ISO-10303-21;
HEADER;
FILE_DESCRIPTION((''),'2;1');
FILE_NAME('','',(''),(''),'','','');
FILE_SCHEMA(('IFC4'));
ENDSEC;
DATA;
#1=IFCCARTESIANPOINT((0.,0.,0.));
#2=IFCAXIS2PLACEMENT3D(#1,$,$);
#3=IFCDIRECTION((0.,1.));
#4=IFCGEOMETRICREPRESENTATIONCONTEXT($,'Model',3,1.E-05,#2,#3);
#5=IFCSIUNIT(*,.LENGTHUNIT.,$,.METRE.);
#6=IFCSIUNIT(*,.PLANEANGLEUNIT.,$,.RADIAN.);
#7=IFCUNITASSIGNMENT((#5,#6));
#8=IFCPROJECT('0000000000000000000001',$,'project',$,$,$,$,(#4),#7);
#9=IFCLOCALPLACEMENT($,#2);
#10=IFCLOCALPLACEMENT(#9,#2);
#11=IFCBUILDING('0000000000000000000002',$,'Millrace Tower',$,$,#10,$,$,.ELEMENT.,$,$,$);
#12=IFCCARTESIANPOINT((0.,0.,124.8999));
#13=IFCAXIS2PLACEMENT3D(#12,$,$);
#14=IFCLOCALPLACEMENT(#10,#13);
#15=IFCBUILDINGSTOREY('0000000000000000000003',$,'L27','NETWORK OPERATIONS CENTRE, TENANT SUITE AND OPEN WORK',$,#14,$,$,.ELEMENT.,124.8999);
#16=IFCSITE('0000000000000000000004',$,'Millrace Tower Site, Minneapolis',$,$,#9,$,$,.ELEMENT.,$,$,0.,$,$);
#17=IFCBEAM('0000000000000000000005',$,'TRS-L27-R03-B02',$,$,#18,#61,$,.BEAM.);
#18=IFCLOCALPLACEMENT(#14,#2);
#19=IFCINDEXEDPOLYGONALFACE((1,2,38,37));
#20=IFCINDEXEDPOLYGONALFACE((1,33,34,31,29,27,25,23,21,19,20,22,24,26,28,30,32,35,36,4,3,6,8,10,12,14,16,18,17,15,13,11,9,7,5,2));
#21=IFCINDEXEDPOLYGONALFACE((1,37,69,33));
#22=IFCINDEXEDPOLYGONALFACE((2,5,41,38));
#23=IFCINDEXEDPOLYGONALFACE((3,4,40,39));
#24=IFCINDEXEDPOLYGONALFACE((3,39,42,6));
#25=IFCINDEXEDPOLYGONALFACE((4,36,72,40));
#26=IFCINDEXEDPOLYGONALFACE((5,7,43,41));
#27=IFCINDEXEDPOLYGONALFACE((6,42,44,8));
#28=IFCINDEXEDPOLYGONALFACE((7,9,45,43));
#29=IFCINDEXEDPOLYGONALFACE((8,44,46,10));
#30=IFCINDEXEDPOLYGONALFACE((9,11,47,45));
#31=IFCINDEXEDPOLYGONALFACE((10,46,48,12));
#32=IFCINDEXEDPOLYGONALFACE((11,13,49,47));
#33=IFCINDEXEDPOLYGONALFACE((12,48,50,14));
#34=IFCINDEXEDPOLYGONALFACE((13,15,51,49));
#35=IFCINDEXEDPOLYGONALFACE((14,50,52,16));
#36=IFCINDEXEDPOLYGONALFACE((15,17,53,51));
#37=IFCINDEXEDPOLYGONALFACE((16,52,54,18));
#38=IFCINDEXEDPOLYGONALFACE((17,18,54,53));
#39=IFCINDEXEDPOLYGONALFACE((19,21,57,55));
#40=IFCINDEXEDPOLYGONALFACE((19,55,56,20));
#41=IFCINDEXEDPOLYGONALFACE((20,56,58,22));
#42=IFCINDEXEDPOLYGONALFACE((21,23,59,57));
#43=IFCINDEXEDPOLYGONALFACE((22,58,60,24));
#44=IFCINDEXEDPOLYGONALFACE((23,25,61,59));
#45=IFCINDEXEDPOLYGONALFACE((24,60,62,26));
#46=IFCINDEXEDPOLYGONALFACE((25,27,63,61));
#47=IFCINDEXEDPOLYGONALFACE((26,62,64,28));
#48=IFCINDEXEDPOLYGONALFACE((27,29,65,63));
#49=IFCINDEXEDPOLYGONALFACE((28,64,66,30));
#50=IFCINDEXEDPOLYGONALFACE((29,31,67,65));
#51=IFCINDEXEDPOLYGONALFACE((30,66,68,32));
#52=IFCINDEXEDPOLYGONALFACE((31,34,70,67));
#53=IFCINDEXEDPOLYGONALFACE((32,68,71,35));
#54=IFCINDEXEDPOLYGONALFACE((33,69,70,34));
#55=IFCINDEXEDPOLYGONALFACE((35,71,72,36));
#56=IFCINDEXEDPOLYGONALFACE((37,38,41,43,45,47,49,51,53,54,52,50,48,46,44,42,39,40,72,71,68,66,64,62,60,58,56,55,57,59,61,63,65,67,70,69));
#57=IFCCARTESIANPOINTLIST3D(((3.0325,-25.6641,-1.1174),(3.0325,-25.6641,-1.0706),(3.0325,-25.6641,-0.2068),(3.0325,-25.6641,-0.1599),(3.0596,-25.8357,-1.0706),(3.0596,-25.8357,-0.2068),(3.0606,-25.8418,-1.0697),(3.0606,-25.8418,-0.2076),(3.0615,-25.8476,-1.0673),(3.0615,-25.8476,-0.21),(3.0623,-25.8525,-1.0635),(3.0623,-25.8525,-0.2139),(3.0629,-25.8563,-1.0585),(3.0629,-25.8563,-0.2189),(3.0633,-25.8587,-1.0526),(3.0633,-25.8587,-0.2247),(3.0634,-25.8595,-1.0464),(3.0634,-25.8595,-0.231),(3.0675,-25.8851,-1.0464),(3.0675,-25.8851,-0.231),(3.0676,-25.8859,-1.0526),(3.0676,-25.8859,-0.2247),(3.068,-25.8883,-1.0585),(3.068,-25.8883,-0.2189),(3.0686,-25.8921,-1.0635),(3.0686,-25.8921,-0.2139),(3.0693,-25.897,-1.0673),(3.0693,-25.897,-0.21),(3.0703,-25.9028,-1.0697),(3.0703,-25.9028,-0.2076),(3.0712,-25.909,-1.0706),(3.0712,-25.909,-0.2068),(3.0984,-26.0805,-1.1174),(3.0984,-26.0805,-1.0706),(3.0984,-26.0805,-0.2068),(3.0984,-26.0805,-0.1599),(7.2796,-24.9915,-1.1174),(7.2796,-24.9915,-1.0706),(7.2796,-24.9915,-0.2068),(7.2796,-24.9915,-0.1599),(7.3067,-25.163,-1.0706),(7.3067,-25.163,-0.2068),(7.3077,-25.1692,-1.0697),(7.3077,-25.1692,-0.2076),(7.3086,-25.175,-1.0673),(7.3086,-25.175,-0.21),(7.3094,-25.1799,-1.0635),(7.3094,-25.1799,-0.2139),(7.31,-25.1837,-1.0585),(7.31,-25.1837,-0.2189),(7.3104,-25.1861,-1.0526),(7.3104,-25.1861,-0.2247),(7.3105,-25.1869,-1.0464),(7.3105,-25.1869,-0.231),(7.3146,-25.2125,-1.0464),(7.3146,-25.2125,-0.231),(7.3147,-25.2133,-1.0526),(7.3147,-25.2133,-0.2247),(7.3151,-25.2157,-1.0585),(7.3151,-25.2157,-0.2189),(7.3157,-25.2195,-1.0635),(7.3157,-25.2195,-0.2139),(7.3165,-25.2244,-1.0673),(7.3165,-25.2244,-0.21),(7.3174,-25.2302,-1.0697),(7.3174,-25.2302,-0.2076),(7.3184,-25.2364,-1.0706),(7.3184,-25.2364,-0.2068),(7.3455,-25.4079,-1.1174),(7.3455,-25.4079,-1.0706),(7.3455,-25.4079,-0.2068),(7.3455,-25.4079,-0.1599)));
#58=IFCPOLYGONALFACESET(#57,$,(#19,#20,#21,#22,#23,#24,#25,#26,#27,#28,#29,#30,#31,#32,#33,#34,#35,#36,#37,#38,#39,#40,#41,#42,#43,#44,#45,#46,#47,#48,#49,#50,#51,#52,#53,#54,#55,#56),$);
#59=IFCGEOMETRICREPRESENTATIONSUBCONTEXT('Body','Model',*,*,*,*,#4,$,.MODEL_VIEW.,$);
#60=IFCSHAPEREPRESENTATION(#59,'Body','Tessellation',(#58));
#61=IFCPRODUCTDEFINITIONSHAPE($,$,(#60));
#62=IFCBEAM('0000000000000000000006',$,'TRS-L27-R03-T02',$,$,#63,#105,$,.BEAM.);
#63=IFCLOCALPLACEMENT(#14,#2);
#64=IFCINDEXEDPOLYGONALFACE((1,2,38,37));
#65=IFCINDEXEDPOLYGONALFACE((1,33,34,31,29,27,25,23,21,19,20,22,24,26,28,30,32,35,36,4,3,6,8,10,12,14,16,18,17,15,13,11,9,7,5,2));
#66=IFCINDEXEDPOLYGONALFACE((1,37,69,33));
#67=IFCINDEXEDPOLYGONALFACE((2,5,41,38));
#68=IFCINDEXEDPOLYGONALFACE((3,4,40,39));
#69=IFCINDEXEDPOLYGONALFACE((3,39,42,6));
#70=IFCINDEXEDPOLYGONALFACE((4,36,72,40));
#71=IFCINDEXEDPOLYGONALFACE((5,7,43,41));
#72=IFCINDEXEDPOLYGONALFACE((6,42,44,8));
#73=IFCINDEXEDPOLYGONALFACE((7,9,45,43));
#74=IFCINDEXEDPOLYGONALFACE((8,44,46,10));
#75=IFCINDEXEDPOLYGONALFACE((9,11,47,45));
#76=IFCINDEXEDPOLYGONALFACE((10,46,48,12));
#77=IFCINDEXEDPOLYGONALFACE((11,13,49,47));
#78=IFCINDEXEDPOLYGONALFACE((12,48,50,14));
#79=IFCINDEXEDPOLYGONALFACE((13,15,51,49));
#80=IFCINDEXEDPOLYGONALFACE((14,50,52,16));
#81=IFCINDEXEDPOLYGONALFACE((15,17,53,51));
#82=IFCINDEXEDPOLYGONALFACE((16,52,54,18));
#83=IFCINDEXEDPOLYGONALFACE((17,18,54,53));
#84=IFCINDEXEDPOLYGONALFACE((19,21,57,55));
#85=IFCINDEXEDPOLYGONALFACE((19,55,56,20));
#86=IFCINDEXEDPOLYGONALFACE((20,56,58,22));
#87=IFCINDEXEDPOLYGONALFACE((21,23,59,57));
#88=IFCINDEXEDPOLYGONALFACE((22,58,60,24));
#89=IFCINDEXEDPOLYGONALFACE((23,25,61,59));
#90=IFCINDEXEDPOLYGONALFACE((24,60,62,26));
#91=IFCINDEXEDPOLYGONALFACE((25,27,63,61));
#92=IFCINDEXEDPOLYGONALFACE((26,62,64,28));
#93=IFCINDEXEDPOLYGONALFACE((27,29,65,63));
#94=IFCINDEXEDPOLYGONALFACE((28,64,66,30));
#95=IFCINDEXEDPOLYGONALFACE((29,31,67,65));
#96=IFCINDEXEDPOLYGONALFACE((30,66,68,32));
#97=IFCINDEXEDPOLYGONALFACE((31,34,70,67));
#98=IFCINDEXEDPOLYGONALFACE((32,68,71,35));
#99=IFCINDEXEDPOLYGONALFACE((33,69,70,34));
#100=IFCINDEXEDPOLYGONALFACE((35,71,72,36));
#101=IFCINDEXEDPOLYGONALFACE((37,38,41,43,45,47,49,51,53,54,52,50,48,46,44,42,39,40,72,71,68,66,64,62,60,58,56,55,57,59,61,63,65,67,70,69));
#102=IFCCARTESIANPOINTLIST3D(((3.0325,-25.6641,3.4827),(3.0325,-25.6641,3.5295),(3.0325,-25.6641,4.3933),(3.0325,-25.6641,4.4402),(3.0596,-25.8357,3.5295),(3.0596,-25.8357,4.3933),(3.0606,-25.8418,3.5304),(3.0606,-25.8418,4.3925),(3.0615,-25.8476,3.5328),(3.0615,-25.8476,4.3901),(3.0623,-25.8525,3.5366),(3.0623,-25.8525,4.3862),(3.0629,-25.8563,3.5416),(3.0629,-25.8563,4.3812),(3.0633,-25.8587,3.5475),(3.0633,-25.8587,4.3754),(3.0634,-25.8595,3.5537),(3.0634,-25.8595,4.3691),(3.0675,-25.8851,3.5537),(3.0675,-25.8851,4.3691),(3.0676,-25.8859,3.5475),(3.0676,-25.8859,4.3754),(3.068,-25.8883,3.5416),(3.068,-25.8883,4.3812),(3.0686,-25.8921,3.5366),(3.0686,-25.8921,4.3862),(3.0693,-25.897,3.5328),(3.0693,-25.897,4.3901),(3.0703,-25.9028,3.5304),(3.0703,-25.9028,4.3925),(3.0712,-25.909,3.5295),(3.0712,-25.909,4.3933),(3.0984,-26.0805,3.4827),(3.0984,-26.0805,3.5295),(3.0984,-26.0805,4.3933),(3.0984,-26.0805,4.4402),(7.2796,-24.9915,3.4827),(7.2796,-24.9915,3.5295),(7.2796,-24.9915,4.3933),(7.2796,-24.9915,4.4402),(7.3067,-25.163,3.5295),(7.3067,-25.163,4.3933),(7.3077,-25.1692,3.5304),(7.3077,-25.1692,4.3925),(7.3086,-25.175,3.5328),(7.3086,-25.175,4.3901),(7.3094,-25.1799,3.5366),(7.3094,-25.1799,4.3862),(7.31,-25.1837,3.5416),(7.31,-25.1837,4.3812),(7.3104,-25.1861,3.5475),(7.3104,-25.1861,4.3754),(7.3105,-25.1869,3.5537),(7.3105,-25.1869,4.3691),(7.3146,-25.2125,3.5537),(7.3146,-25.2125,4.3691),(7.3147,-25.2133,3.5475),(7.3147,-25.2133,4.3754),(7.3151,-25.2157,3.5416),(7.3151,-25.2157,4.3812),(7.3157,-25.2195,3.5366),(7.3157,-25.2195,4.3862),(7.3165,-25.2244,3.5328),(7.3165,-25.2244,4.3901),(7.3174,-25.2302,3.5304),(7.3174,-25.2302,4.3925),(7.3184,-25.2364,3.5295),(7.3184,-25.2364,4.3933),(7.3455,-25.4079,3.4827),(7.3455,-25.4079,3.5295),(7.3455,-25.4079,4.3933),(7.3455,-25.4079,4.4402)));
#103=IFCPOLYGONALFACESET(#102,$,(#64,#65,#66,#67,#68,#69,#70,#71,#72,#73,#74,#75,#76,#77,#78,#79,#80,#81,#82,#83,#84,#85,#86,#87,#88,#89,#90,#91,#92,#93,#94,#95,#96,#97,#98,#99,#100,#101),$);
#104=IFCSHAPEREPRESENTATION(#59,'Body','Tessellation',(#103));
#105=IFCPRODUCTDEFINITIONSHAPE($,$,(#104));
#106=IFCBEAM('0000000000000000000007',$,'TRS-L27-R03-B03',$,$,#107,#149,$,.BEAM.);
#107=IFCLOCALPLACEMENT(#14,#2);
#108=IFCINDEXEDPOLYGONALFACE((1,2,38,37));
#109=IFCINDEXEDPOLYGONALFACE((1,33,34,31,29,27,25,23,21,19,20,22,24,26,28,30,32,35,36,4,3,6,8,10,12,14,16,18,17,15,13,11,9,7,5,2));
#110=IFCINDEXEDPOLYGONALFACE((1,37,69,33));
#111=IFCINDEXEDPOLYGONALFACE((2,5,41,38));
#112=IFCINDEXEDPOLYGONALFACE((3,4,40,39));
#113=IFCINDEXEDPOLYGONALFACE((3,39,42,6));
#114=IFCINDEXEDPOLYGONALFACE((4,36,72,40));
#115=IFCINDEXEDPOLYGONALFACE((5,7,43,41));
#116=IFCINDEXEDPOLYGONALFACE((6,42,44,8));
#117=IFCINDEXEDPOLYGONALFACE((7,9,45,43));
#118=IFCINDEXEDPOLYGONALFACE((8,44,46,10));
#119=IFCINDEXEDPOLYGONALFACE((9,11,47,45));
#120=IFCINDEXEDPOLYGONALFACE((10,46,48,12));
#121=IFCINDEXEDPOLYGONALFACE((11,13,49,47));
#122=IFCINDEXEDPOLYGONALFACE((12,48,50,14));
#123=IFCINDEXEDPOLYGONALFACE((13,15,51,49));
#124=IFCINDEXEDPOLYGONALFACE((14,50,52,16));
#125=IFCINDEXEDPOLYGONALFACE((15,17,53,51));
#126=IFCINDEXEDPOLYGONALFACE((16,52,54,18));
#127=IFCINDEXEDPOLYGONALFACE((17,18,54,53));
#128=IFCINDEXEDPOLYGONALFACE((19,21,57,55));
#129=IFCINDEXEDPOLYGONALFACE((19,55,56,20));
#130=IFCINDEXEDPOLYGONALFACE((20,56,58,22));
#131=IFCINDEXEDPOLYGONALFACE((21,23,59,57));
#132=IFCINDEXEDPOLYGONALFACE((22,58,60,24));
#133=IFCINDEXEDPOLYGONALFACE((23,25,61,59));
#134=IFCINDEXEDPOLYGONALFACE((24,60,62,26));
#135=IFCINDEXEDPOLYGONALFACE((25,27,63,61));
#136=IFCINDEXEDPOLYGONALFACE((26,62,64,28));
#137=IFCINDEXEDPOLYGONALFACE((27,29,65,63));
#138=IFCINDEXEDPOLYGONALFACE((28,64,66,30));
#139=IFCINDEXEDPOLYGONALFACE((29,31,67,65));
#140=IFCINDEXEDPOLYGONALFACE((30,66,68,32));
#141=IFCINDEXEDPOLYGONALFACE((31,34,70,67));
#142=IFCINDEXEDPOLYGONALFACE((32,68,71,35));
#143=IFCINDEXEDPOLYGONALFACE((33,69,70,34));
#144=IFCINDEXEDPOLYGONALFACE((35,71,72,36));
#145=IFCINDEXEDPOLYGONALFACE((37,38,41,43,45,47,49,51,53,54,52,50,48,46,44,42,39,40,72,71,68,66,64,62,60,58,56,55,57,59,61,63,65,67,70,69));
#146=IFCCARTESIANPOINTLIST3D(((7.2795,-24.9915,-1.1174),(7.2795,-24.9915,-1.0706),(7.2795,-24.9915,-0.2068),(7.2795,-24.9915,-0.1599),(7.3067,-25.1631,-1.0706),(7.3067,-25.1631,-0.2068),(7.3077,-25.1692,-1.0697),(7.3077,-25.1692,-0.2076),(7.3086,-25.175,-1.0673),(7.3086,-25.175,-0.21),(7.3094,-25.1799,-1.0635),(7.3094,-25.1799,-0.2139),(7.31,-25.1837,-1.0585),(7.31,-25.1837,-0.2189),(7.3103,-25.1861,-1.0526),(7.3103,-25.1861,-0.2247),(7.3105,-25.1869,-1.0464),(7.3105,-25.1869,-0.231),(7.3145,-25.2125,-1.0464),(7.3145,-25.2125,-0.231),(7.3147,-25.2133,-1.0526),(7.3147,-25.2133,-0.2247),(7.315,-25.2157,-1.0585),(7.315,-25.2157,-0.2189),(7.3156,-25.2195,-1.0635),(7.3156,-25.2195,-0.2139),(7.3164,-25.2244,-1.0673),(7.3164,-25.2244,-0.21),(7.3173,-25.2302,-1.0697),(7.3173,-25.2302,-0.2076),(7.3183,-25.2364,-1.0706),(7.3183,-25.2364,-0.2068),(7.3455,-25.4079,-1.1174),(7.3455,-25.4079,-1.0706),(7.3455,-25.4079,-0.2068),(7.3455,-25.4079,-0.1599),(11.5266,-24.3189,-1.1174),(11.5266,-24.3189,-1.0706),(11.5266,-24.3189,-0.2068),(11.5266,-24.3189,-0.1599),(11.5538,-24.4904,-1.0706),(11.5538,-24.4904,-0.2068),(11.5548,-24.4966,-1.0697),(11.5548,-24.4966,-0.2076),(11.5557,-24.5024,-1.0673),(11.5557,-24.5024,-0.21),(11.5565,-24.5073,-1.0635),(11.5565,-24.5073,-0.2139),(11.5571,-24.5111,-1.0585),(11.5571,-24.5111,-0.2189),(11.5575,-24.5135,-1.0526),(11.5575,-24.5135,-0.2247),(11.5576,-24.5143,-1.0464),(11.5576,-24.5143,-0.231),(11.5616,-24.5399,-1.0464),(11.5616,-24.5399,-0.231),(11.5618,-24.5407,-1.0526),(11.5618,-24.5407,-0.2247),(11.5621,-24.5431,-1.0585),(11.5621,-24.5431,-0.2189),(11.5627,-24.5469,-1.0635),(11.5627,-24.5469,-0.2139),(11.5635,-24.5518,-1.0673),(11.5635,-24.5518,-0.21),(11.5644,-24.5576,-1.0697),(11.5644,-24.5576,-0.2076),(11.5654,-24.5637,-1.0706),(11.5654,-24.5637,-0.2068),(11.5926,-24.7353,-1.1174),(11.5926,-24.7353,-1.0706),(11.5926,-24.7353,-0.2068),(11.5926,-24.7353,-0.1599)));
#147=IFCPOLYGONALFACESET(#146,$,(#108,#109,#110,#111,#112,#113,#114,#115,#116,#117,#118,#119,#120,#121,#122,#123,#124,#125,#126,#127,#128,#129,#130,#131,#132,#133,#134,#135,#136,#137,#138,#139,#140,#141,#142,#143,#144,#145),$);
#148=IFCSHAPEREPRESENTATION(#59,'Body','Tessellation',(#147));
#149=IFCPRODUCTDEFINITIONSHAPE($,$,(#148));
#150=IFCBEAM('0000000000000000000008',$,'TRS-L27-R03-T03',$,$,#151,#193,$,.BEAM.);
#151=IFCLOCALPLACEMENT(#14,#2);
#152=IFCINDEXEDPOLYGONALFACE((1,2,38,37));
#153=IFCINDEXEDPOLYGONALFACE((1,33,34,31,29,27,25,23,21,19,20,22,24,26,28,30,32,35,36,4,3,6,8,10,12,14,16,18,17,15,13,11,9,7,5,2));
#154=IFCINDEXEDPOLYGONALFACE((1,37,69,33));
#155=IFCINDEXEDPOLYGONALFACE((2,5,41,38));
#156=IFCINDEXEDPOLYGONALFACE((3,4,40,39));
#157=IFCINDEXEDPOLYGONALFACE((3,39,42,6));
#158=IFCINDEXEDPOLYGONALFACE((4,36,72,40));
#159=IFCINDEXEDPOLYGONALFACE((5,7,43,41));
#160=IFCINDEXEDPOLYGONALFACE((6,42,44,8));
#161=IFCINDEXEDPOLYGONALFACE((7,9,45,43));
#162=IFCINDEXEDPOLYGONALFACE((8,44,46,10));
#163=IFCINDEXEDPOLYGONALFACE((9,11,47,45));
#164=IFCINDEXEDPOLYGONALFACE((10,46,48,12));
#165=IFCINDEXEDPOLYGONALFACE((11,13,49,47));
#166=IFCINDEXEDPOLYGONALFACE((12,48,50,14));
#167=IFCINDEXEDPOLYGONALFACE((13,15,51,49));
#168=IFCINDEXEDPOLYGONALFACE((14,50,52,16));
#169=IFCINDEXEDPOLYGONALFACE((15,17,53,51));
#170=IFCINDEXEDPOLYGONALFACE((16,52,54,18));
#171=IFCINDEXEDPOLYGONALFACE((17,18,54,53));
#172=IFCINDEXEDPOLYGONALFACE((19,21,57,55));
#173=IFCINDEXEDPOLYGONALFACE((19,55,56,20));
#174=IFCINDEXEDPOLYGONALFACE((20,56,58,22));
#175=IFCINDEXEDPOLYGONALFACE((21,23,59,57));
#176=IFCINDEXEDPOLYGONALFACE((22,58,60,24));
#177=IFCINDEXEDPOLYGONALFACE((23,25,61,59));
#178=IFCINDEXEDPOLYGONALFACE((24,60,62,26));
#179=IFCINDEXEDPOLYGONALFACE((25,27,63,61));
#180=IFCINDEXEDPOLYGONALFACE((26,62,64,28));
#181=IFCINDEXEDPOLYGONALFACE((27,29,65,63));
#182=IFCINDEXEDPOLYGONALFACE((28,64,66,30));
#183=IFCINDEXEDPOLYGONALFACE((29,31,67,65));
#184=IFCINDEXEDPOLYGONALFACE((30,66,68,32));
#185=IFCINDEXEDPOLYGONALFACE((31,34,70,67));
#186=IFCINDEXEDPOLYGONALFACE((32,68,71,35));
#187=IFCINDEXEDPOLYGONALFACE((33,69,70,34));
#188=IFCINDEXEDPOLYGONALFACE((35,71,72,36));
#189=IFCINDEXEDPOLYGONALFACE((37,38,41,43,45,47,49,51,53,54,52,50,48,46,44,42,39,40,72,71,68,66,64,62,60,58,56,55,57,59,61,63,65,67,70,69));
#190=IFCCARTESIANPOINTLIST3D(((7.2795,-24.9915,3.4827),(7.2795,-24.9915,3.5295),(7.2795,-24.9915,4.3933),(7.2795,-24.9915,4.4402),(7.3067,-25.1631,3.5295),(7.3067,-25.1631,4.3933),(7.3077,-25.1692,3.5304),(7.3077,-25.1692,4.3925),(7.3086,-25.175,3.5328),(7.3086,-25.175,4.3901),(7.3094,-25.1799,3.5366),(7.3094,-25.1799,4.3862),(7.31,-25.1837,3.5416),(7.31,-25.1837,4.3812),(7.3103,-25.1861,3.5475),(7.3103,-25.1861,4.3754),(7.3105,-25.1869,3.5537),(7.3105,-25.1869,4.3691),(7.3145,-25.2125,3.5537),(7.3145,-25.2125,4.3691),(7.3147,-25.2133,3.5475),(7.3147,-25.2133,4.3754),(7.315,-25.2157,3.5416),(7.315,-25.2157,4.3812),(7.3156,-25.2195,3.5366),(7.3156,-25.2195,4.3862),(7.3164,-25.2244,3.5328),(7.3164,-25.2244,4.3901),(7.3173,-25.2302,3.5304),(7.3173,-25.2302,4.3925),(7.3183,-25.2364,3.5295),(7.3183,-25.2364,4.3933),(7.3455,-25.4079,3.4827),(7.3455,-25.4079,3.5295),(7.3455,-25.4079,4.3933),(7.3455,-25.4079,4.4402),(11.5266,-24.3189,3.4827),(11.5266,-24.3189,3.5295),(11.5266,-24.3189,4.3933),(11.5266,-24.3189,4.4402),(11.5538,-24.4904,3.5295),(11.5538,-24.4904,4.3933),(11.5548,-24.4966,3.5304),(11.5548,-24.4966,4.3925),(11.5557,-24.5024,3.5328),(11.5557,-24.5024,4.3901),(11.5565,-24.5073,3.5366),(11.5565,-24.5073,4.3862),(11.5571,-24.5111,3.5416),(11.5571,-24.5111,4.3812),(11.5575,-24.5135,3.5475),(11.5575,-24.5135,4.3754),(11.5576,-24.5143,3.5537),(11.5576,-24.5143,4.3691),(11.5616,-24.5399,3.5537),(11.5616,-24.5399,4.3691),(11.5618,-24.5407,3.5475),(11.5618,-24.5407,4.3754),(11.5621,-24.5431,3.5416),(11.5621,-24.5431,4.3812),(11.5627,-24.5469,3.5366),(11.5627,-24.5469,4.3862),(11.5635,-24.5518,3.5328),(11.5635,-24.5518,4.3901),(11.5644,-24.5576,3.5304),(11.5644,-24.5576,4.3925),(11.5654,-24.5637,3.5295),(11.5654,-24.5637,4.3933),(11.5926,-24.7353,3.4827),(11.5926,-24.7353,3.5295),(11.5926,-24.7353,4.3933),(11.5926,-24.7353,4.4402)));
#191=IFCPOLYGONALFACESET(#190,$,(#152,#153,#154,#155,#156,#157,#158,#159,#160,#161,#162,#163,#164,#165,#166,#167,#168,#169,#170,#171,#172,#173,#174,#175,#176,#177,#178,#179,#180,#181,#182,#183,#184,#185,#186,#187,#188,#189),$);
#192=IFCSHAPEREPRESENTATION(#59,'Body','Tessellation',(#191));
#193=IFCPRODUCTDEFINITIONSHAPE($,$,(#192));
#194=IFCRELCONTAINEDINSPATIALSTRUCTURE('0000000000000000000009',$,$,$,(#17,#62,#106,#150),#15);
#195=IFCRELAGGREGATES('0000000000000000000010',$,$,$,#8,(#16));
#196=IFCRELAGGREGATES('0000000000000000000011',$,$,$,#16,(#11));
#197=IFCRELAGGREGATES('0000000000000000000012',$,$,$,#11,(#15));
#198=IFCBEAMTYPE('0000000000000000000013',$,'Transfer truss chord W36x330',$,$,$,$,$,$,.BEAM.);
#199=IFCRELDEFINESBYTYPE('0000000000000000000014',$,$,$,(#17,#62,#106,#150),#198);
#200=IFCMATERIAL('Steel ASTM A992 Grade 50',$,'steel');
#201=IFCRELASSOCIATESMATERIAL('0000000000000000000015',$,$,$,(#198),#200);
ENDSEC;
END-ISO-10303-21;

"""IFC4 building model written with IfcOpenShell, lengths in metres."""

from ifc_helpers import new_model, si_unit, direction, frame, origin, origin_2d, place, context, subcontext, project, spatial, i_section, extrude, material, material_profile, profile_set, type_object, element, save


model = new_model("IFC4")

# Units and contexts
model_context = context("Model", 3, precision=1e-05, world=origin(), true_north=direction((0.0, 1.0)))
body_context = subcontext(model_context, "Body", "Model", "MODEL_VIEW")
ifc_project = project(units=[si_unit("LENGTHUNIT", "METRE"), si_unit("PLANEANGLEUNIT", "RADIAN")], contexts=[model_context])

# Site, building, storey
site_placement = place(None, origin())
site = spatial("IfcSite", under=ifc_project, at=site_placement, Name="Millrace Tower Site, Minneapolis", CompositionType="ELEMENT", RefElevation=0.0)
building_placement = place(site_placement, origin())
building = spatial("IfcBuilding", under=site, at=building_placement, Name="Millrace Tower", CompositionType="ELEMENT")
storey_placement = place(building_placement, frame((0.0, 0.0, 124.8999)))
storey = spatial("IfcBuildingStorey", under=building, at=storey_placement, Name="L27", Description="NETWORK OPERATIONS CENTRE, TENANT SUITE AND OPEN WORK", CompositionType="ELEMENT", Elevation=124.8999)

# Beams
ifc_material_1 = material(Name="Steel ASTM A992 Grade 50", Category="steel")
ifc_material_profile_1 = material_profile(ifc_material_1, i_section(OverallWidth=0.4216, OverallDepth=0.9575, WebThickness=0.0259, FlangeThickness=0.0469, FilletRadius=0.0242, at=origin_2d()))
ifc_profile_set_1 = profile_set([ifc_material_profile_1], Name="Steel ASTM A992 Grade 50")
beam_type_1 = type_object("IfcBeamType", Name="Transfer truss chord W36x330", PredefinedType="BEAM", material=ifc_profile_set_1)
for number, where, z_axis, x_axis, name in (
    (1, (3.0654, -25.8723, -0.6387), (0.987691, 0.15642, 0.0), (-0.15642, 0.987691, 0.0), "TRS-L27-R03-B02"),
    (2, (3.0654, -25.8723, 3.9614), (0.987691, 0.15642, 0.0), (-0.15642, 0.987691, 0.0), "TRS-L27-R03-T02"),
    (3, (7.3125, -25.1997, -0.6387), (0.987691, 0.15642, 0.0), (-0.15642, 0.987691, 0.0), "TRS-L27-R03-B03"),
    (4, (7.3125, -25.1997, 3.9614), (0.987691, 0.15642, 0.0), (-0.15642, 0.987691, 0.0), "TRS-L27-R03-T03"),
):
    element("IfcBeam", number, at=place(storey_placement, frame(where, z_axis=z_axis, x_axis=x_axis)), inside=storey, type_object=beam_type_1, Name=name, PredefinedType="BEAM", context=body_context, shape_type="SweptSolid", body=[
        extrude(i_section(OverallWidth=0.4216, OverallDepth=0.9575, WebThickness=0.0259, FlangeThickness=0.0469, FilletRadius=0.0242, at=origin_2d()), origin(), (0.0, 0.0, 1.0), 4.3),
    ])

save(model, "model.ifc")
